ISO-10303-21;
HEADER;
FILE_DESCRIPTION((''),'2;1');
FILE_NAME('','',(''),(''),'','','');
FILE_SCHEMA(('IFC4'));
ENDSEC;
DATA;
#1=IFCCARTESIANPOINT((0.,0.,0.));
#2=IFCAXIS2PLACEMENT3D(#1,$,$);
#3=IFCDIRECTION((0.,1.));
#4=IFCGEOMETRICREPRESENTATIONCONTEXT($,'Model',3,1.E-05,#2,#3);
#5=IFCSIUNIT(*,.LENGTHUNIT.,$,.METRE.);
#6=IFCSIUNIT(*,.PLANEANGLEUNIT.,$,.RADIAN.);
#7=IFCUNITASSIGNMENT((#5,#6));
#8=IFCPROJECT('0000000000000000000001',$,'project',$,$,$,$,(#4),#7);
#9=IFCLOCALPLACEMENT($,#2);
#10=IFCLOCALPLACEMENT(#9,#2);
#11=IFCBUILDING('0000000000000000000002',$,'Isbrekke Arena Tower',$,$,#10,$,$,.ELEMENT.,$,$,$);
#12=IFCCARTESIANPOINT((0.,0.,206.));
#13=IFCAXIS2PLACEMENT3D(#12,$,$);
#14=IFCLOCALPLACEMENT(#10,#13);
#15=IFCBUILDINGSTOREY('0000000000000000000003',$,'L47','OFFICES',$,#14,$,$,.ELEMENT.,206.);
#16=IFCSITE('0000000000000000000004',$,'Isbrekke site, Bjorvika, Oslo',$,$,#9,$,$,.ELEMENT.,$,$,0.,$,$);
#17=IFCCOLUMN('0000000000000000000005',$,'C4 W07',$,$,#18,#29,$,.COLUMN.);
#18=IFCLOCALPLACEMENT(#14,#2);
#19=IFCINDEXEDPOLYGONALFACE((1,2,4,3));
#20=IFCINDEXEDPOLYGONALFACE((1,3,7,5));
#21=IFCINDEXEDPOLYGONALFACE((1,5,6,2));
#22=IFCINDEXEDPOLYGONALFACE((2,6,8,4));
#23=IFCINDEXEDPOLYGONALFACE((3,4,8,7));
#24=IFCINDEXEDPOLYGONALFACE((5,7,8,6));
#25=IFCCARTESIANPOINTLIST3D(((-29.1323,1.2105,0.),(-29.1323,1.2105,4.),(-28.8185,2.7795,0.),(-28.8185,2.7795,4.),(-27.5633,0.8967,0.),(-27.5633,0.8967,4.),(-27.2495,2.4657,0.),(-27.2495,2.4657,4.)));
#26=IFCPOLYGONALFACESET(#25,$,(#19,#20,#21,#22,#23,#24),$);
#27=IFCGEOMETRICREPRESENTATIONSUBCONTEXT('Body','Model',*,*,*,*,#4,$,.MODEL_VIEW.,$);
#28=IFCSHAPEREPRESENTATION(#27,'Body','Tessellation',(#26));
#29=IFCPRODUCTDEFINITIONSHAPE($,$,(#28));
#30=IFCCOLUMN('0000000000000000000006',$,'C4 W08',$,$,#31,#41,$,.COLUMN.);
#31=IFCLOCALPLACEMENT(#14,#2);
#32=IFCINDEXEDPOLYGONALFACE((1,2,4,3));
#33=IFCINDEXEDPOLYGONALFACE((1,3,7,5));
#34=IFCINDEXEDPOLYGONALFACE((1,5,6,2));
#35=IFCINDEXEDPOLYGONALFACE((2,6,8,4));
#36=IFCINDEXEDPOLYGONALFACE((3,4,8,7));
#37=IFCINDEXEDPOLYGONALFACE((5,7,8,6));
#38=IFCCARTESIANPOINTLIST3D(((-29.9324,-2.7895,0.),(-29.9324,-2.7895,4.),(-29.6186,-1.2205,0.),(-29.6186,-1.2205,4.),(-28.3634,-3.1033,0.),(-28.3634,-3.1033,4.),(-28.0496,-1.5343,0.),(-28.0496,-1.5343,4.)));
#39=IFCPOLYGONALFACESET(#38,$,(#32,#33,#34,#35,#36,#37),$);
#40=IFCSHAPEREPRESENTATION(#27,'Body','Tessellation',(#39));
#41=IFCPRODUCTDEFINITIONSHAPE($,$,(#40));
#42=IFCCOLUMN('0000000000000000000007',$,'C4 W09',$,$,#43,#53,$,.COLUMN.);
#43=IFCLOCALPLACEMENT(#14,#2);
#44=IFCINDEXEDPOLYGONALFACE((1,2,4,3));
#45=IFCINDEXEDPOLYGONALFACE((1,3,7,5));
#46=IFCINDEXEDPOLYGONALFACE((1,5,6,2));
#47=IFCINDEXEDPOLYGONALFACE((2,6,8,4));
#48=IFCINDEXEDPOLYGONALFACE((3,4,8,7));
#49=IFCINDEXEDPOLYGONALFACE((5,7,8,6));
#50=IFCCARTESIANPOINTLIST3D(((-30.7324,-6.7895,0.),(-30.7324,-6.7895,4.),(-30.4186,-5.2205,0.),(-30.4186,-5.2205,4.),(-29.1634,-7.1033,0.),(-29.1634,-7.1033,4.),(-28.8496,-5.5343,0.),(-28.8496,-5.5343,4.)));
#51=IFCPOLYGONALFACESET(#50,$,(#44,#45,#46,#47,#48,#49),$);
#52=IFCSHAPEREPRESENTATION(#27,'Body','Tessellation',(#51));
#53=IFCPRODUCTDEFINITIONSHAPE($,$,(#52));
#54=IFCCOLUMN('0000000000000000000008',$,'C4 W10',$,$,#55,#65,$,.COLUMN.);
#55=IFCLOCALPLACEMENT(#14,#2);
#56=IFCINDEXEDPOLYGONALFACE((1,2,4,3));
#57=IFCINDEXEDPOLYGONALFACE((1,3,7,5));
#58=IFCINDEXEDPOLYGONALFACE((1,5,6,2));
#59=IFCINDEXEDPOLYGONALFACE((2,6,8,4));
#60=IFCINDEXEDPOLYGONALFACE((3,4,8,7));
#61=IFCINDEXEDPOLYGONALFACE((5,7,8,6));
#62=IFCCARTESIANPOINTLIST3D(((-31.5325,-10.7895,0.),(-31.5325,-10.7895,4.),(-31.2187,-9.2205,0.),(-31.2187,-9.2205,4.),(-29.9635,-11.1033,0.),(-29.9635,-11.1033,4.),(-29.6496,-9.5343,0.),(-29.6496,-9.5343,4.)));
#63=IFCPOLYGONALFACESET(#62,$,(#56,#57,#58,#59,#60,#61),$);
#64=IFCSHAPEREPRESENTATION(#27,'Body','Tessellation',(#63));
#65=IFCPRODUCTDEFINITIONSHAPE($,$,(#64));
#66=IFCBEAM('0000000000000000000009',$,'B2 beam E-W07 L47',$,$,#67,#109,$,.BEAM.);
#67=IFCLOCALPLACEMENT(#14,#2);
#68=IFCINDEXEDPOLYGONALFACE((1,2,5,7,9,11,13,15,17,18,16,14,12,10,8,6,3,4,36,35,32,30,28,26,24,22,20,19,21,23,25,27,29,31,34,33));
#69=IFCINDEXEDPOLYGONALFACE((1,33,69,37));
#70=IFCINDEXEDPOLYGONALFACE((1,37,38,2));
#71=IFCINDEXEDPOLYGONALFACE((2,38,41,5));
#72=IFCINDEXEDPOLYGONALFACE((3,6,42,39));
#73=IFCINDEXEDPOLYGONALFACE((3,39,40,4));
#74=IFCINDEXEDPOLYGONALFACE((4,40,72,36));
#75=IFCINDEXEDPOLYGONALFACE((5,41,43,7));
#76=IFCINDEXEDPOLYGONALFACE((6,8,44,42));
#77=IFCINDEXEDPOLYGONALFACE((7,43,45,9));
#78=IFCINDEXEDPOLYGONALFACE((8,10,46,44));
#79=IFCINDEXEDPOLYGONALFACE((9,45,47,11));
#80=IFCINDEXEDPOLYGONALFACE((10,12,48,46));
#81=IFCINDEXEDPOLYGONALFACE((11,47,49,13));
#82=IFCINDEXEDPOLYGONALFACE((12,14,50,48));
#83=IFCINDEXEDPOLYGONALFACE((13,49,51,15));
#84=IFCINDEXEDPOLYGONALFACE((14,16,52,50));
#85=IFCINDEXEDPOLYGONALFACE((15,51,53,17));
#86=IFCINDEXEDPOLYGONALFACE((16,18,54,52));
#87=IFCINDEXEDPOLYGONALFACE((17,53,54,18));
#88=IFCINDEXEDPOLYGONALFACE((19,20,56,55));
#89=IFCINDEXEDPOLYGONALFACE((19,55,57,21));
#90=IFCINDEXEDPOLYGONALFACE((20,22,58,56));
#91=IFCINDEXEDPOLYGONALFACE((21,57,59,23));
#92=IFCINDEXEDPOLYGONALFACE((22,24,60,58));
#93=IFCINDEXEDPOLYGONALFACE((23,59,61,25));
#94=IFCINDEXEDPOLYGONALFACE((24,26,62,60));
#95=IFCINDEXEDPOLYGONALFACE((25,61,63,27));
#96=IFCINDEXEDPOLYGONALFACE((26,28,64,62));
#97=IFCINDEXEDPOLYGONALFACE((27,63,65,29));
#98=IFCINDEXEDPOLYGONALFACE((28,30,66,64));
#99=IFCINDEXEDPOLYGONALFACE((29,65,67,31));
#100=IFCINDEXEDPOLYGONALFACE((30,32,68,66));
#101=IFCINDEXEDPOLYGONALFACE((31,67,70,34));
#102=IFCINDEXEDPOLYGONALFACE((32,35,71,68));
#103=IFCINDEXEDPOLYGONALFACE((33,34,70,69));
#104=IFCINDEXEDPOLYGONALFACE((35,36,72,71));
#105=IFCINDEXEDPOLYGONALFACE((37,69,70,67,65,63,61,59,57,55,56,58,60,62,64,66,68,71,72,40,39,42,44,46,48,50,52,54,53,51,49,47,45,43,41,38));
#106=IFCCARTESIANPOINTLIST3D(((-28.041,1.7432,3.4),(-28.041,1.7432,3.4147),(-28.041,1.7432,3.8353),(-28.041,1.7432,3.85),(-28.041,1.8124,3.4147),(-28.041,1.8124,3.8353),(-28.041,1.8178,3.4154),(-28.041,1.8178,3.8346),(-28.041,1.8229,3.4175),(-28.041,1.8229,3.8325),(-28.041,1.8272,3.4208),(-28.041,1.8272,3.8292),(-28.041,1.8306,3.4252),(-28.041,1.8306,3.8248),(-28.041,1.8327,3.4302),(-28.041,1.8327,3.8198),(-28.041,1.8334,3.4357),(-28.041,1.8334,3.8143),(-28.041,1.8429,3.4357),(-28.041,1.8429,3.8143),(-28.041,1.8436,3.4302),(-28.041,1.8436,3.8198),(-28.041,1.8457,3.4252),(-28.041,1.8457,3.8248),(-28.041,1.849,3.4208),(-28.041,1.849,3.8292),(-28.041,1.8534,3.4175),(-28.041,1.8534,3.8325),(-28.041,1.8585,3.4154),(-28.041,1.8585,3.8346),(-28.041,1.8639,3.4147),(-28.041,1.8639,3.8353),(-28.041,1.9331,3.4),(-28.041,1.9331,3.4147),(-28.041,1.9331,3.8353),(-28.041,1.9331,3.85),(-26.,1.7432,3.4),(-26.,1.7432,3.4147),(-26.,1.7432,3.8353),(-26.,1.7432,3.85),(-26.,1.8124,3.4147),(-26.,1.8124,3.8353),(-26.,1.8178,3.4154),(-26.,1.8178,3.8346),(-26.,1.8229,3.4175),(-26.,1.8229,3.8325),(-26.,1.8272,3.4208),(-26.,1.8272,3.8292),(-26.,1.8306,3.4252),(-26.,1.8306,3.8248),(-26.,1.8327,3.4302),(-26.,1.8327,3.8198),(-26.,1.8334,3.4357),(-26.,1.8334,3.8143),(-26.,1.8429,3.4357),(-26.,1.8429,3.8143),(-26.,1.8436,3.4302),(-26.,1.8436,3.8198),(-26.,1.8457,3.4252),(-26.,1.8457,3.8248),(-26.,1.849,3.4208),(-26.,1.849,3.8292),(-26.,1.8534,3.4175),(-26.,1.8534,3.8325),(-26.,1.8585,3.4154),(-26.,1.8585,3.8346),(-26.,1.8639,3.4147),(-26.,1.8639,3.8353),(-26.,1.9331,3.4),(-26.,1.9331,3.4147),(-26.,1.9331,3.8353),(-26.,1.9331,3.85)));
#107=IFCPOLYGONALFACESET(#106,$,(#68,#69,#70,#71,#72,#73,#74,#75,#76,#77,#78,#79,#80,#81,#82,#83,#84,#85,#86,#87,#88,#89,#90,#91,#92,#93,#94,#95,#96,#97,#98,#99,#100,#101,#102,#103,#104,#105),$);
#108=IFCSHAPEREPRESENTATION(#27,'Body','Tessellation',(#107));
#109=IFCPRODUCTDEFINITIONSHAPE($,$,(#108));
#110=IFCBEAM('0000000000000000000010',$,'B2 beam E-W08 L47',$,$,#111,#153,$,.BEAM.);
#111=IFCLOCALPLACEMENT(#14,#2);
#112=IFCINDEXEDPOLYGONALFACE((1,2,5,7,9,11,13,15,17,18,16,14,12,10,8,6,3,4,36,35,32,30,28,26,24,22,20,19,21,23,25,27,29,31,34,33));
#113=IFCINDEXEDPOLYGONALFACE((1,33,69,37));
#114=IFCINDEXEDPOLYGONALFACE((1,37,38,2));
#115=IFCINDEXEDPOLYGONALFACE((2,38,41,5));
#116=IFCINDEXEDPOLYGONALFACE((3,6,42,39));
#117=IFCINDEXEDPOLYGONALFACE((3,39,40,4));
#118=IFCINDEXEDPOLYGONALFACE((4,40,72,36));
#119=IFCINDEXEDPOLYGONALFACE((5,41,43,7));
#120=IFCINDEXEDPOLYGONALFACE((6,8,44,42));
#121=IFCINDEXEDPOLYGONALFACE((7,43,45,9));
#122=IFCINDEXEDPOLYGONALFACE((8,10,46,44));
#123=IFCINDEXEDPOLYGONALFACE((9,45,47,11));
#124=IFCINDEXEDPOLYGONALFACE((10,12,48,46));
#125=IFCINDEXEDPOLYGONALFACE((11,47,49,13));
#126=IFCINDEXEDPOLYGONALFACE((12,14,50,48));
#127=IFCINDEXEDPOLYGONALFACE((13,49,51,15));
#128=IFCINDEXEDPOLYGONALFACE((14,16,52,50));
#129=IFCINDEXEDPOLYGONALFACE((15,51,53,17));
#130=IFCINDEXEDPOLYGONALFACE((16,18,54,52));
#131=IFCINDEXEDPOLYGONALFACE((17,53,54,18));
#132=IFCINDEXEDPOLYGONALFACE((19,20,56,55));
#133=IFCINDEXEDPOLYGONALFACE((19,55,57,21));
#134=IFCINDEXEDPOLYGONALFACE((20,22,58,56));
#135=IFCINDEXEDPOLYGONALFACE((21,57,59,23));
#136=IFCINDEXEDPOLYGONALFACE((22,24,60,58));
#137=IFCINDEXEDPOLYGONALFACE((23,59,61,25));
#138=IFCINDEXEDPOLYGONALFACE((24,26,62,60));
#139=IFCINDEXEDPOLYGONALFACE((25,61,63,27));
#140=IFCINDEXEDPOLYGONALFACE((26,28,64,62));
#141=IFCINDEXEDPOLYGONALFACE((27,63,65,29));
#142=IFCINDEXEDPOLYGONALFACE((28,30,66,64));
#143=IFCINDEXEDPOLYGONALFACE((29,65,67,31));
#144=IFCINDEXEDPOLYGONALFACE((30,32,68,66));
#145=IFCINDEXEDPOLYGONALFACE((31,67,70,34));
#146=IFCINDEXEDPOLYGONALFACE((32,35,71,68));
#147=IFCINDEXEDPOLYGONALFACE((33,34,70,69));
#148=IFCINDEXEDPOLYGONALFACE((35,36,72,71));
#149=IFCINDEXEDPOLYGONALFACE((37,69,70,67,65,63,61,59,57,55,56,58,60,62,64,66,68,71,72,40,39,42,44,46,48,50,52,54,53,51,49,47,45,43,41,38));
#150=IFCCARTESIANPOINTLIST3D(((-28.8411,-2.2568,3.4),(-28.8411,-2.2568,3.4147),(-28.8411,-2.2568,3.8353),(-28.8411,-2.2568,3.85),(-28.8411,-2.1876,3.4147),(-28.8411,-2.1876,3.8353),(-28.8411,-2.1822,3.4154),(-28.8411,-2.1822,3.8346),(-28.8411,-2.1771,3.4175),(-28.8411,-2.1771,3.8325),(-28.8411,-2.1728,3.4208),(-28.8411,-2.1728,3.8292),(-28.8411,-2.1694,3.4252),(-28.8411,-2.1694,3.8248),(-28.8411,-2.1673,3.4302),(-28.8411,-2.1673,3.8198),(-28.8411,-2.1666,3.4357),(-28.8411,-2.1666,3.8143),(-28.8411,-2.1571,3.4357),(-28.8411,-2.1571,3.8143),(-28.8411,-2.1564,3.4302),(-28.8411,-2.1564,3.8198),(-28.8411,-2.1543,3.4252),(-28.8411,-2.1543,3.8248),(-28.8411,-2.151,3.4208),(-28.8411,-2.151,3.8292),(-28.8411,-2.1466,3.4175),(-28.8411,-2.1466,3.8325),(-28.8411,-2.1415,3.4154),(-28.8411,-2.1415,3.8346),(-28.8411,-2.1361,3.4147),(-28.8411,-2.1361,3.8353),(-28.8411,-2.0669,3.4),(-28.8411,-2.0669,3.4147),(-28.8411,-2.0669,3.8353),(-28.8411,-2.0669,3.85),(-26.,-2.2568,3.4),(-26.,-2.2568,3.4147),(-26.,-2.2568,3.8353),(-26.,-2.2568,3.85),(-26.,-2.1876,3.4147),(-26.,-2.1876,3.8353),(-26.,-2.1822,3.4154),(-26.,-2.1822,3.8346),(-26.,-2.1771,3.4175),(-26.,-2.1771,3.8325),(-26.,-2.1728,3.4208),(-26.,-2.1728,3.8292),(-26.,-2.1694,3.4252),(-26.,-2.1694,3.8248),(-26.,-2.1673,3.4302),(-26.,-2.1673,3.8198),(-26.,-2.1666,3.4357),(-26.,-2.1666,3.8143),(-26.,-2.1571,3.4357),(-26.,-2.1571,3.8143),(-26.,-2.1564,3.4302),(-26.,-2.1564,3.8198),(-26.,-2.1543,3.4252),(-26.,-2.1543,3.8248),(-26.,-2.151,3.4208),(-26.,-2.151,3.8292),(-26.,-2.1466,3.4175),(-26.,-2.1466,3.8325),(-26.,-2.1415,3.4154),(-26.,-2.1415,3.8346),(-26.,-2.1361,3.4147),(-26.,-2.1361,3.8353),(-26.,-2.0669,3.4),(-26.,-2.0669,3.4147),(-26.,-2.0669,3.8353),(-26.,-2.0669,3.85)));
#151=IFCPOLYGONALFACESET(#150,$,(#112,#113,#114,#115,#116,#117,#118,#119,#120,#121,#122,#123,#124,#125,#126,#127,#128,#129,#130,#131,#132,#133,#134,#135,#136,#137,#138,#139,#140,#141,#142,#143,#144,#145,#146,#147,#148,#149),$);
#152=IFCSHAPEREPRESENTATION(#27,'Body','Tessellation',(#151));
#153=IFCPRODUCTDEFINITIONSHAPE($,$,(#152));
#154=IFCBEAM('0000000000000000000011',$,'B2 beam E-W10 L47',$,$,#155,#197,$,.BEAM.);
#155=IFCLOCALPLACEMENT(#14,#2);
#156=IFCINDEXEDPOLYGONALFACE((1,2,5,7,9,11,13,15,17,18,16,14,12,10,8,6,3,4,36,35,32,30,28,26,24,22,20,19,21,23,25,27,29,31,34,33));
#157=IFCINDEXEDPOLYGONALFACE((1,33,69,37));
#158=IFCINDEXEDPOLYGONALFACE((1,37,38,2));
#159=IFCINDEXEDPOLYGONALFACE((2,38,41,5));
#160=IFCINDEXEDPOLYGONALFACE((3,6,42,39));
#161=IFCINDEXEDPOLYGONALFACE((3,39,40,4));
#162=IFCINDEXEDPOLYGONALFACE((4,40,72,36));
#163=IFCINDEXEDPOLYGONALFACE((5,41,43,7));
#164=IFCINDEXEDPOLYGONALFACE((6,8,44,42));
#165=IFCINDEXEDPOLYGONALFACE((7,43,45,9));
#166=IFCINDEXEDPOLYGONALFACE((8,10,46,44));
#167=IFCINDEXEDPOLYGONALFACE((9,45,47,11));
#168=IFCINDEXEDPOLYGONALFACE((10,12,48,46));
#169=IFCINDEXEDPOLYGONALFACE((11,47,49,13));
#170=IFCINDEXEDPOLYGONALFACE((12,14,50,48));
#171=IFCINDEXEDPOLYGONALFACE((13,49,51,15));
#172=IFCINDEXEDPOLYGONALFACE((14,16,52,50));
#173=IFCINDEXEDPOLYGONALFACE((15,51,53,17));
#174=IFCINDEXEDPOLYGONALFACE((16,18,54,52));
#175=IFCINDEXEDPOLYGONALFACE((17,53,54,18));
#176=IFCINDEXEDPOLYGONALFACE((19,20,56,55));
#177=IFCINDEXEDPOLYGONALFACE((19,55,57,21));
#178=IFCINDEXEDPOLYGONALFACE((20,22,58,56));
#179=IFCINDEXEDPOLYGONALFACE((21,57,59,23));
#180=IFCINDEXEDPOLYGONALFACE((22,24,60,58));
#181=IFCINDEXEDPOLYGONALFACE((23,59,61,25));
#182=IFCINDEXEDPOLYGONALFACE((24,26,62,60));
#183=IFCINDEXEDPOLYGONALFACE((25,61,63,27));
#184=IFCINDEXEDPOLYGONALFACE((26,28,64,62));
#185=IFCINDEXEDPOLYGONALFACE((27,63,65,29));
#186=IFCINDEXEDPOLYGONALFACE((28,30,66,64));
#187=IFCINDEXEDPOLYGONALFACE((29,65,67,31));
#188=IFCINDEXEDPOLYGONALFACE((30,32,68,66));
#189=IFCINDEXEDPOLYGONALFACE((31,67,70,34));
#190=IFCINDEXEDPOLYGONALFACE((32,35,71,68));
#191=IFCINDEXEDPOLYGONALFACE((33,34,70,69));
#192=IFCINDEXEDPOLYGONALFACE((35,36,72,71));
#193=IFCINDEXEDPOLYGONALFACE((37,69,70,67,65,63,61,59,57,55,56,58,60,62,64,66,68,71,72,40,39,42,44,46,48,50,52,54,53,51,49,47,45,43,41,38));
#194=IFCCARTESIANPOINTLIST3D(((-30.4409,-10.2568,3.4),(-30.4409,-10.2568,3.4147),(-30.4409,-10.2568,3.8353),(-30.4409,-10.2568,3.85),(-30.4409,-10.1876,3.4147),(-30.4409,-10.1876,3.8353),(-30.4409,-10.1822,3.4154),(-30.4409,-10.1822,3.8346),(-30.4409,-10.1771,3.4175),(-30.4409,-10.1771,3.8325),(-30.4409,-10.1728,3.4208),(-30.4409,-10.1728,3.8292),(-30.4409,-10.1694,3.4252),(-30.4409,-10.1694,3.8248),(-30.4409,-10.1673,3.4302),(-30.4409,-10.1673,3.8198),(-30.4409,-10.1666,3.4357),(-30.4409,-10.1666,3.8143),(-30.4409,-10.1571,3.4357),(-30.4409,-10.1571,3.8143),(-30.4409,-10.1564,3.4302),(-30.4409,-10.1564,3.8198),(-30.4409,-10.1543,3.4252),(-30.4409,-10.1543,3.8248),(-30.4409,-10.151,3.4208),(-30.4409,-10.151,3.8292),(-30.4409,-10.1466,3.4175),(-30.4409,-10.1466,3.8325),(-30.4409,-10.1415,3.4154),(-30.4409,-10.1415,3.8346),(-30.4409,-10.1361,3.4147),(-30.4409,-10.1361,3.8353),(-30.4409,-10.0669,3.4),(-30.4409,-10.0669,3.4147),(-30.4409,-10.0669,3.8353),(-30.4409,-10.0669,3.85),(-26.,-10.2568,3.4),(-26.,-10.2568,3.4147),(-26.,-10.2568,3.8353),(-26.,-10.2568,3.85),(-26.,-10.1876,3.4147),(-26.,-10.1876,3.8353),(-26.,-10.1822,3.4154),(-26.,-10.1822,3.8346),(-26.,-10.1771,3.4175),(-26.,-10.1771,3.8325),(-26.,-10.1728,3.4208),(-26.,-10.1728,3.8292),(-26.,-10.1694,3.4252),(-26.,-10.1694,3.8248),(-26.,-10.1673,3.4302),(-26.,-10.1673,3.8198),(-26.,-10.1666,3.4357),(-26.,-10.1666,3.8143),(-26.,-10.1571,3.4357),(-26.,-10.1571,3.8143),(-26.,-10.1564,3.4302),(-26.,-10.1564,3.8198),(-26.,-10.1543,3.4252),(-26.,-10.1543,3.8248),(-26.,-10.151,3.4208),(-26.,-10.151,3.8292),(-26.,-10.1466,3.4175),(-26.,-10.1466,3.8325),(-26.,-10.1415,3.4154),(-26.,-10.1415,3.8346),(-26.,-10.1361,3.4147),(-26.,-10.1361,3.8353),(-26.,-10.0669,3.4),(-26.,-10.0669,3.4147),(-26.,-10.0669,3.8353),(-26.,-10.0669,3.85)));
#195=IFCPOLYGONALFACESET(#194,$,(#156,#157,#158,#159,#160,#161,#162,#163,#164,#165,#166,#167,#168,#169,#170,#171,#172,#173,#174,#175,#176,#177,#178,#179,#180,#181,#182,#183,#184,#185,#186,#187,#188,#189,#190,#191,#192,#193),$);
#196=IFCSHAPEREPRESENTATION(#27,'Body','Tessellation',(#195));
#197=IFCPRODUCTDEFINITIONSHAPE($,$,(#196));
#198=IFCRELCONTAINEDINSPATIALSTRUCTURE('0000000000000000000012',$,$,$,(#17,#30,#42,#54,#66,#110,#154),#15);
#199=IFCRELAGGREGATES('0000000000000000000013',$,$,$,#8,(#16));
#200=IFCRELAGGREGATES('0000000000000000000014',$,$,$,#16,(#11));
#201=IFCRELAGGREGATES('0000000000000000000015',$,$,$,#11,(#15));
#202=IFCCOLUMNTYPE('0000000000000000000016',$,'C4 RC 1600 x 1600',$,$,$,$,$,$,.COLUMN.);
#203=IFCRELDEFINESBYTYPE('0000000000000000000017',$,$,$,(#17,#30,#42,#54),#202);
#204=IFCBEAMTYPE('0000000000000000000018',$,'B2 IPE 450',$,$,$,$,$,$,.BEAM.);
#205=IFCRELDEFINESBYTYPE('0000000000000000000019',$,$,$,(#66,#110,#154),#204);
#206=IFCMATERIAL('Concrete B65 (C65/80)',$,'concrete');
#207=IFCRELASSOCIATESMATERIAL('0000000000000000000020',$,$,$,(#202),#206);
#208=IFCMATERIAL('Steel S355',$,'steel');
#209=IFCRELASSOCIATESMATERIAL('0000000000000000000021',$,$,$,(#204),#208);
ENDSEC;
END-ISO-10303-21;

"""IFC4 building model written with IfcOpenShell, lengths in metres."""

from ifc_helpers import new_model, si_unit, direction, frame, origin, origin_2d, place, context, subcontext, project, spatial, rectangle, i_section, extrude, material, material_profile, profile_set, type_object, element, save


model = new_model("IFC4")

# Units and contexts
model_context = context("Model", 3, precision=1e-05, world=origin(), true_north=direction((0.0, 1.0)))
body_context = subcontext(model_context, "Body", "Model", "MODEL_VIEW")
ifc_project = project(units=[si_unit("LENGTHUNIT", "METRE"), si_unit("PLANEANGLEUNIT", "RADIAN")], contexts=[model_context])

# Site, building, storey
site_placement = place(None, origin())
site = spatial("IfcSite", under=ifc_project, at=site_placement, Name="Isbrekke site, Bjorvika, Oslo", CompositionType="ELEMENT", RefElevation=0.0)
building_placement = place(site_placement, origin())
building = spatial("IfcBuilding", under=site, at=building_placement, Name="Isbrekke Arena Tower", CompositionType="ELEMENT")
storey_placement = place(building_placement, frame((0.0, 0.0, 206.0)))
storey = spatial("IfcBuildingStorey", under=building, at=storey_placement, Name="L47", Description="OFFICES", CompositionType="ELEMENT", Elevation=206.0)

# Columns
ifc_material_1 = material(Name="Concrete B65 (C65/80)", Category="concrete")
ifc_material_profile_1 = material_profile(ifc_material_1, rectangle(XDim=1.6001, YDim=1.6001, at=origin_2d()), Name="RC 1600x1600")
ifc_profile_set_1 = profile_set([ifc_material_profile_1], Name="Concrete B65 (C65/80)")
column_type = type_object("IfcColumnType", Name="C4 RC 1600 x 1600", PredefinedType="COLUMN", material=ifc_profile_set_1)
for number, where, z_axis, x_axis, name in (
    (1, (-28.1909, 1.8381, 0.0), (0.0, 0.0, 1.0), (-0.196116, -0.980581, 0.0), "C4 W07"),
    (2, (-28.991, -2.1619, 0.0), (0.0, 0.0, 1.0), (-0.196116, -0.980581, 0.0), "C4 W08"),
    (3, (-29.791, -6.1619, 0.0), (0.0, 0.0, 1.0), (-0.196116, -0.980581, 0.0), "C4 W09"),
    (4, (-30.5911, -10.1619, 0.0), (0.0, 0.0, 1.0), (-0.196116, -0.980581, 0.0), "C4 W10"),
):
    element("IfcColumn", number, at=place(storey_placement, frame(where, z_axis=z_axis, x_axis=x_axis)), inside=storey, type_object=column_type, Name=name, PredefinedType="COLUMN", context=body_context, shape_type="SweptSolid", body=[
        extrude(rectangle(XDim=1.6001, YDim=1.6001, at=origin_2d()), origin(), (0.0, 0.0, 1.0), 4.0),
    ])

# Beams
ifc_material_2 = material(Name="Steel S355", Category="steel")
ifc_material_profile_2 = material_profile(ifc_material_2, i_section(OverallWidth=0.1899, OverallDepth=0.45, WebThickness=0.0095, FlangeThickness=0.0146, FilletRadius=0.021, at=origin_2d()), Name="IPE 450")
ifc_profile_set_2 = profile_set([ifc_material_profile_2], Name="Steel S355")
beam_type_1 = type_object("IfcBeamType", Name="B2 IPE 450", PredefinedType="BEAM", material=ifc_profile_set_2)
beam_1_placement = place(storey_placement, frame((-28.041, 1.8381, 3.625), z_axis=(1.0, 0.0, 0.0), x_axis=(0.0, 1.0, 0.0)))
element("IfcBeam", 5, at=beam_1_placement, inside=storey, type_object=beam_type_1, Name="B2 beam E-W07 L47", PredefinedType="BEAM", context=body_context, shape_type="SweptSolid", body=[
    extrude(i_section(OverallWidth=0.1899, OverallDepth=0.45, WebThickness=0.0095, FlangeThickness=0.0146, FilletRadius=0.021, at=origin_2d()), origin(), (0.0, 0.0, 1.0), 2.041),
])
beam_2_placement = place(storey_placement, frame((-28.8411, -2.1619, 3.625), z_axis=(1.0, 0.0, 0.0), x_axis=(0.0, 1.0, 0.0)))
element("IfcBeam", 6, at=beam_2_placement, inside=storey, type_object=beam_type_1, Name="B2 beam E-W08 L47", PredefinedType="BEAM", context=body_context, shape_type="SweptSolid", body=[
    extrude(i_section(OverallWidth=0.1899, OverallDepth=0.45, WebThickness=0.0095, FlangeThickness=0.0146, FilletRadius=0.021, at=origin_2d()), origin(), (0.0, 0.0, 1.0), 2.8411),
])
beam_3_placement = place(storey_placement, frame((-30.4409, -10.1619, 3.625), z_axis=(1.0, 0.0, 0.0), x_axis=(0.0, 1.0, 0.0)))
element("IfcBeam", 7, at=beam_3_placement, inside=storey, type_object=beam_type_1, Name="B2 beam E-W10 L47", PredefinedType="BEAM", context=body_context, shape_type="SweptSolid", body=[
    extrude(i_section(OverallWidth=0.1899, OverallDepth=0.45, WebThickness=0.0095, FlangeThickness=0.0146, FilletRadius=0.021, at=origin_2d()), origin(), (0.0, 0.0, 1.0), 4.4409),
])

save(model, "model.ifc")
